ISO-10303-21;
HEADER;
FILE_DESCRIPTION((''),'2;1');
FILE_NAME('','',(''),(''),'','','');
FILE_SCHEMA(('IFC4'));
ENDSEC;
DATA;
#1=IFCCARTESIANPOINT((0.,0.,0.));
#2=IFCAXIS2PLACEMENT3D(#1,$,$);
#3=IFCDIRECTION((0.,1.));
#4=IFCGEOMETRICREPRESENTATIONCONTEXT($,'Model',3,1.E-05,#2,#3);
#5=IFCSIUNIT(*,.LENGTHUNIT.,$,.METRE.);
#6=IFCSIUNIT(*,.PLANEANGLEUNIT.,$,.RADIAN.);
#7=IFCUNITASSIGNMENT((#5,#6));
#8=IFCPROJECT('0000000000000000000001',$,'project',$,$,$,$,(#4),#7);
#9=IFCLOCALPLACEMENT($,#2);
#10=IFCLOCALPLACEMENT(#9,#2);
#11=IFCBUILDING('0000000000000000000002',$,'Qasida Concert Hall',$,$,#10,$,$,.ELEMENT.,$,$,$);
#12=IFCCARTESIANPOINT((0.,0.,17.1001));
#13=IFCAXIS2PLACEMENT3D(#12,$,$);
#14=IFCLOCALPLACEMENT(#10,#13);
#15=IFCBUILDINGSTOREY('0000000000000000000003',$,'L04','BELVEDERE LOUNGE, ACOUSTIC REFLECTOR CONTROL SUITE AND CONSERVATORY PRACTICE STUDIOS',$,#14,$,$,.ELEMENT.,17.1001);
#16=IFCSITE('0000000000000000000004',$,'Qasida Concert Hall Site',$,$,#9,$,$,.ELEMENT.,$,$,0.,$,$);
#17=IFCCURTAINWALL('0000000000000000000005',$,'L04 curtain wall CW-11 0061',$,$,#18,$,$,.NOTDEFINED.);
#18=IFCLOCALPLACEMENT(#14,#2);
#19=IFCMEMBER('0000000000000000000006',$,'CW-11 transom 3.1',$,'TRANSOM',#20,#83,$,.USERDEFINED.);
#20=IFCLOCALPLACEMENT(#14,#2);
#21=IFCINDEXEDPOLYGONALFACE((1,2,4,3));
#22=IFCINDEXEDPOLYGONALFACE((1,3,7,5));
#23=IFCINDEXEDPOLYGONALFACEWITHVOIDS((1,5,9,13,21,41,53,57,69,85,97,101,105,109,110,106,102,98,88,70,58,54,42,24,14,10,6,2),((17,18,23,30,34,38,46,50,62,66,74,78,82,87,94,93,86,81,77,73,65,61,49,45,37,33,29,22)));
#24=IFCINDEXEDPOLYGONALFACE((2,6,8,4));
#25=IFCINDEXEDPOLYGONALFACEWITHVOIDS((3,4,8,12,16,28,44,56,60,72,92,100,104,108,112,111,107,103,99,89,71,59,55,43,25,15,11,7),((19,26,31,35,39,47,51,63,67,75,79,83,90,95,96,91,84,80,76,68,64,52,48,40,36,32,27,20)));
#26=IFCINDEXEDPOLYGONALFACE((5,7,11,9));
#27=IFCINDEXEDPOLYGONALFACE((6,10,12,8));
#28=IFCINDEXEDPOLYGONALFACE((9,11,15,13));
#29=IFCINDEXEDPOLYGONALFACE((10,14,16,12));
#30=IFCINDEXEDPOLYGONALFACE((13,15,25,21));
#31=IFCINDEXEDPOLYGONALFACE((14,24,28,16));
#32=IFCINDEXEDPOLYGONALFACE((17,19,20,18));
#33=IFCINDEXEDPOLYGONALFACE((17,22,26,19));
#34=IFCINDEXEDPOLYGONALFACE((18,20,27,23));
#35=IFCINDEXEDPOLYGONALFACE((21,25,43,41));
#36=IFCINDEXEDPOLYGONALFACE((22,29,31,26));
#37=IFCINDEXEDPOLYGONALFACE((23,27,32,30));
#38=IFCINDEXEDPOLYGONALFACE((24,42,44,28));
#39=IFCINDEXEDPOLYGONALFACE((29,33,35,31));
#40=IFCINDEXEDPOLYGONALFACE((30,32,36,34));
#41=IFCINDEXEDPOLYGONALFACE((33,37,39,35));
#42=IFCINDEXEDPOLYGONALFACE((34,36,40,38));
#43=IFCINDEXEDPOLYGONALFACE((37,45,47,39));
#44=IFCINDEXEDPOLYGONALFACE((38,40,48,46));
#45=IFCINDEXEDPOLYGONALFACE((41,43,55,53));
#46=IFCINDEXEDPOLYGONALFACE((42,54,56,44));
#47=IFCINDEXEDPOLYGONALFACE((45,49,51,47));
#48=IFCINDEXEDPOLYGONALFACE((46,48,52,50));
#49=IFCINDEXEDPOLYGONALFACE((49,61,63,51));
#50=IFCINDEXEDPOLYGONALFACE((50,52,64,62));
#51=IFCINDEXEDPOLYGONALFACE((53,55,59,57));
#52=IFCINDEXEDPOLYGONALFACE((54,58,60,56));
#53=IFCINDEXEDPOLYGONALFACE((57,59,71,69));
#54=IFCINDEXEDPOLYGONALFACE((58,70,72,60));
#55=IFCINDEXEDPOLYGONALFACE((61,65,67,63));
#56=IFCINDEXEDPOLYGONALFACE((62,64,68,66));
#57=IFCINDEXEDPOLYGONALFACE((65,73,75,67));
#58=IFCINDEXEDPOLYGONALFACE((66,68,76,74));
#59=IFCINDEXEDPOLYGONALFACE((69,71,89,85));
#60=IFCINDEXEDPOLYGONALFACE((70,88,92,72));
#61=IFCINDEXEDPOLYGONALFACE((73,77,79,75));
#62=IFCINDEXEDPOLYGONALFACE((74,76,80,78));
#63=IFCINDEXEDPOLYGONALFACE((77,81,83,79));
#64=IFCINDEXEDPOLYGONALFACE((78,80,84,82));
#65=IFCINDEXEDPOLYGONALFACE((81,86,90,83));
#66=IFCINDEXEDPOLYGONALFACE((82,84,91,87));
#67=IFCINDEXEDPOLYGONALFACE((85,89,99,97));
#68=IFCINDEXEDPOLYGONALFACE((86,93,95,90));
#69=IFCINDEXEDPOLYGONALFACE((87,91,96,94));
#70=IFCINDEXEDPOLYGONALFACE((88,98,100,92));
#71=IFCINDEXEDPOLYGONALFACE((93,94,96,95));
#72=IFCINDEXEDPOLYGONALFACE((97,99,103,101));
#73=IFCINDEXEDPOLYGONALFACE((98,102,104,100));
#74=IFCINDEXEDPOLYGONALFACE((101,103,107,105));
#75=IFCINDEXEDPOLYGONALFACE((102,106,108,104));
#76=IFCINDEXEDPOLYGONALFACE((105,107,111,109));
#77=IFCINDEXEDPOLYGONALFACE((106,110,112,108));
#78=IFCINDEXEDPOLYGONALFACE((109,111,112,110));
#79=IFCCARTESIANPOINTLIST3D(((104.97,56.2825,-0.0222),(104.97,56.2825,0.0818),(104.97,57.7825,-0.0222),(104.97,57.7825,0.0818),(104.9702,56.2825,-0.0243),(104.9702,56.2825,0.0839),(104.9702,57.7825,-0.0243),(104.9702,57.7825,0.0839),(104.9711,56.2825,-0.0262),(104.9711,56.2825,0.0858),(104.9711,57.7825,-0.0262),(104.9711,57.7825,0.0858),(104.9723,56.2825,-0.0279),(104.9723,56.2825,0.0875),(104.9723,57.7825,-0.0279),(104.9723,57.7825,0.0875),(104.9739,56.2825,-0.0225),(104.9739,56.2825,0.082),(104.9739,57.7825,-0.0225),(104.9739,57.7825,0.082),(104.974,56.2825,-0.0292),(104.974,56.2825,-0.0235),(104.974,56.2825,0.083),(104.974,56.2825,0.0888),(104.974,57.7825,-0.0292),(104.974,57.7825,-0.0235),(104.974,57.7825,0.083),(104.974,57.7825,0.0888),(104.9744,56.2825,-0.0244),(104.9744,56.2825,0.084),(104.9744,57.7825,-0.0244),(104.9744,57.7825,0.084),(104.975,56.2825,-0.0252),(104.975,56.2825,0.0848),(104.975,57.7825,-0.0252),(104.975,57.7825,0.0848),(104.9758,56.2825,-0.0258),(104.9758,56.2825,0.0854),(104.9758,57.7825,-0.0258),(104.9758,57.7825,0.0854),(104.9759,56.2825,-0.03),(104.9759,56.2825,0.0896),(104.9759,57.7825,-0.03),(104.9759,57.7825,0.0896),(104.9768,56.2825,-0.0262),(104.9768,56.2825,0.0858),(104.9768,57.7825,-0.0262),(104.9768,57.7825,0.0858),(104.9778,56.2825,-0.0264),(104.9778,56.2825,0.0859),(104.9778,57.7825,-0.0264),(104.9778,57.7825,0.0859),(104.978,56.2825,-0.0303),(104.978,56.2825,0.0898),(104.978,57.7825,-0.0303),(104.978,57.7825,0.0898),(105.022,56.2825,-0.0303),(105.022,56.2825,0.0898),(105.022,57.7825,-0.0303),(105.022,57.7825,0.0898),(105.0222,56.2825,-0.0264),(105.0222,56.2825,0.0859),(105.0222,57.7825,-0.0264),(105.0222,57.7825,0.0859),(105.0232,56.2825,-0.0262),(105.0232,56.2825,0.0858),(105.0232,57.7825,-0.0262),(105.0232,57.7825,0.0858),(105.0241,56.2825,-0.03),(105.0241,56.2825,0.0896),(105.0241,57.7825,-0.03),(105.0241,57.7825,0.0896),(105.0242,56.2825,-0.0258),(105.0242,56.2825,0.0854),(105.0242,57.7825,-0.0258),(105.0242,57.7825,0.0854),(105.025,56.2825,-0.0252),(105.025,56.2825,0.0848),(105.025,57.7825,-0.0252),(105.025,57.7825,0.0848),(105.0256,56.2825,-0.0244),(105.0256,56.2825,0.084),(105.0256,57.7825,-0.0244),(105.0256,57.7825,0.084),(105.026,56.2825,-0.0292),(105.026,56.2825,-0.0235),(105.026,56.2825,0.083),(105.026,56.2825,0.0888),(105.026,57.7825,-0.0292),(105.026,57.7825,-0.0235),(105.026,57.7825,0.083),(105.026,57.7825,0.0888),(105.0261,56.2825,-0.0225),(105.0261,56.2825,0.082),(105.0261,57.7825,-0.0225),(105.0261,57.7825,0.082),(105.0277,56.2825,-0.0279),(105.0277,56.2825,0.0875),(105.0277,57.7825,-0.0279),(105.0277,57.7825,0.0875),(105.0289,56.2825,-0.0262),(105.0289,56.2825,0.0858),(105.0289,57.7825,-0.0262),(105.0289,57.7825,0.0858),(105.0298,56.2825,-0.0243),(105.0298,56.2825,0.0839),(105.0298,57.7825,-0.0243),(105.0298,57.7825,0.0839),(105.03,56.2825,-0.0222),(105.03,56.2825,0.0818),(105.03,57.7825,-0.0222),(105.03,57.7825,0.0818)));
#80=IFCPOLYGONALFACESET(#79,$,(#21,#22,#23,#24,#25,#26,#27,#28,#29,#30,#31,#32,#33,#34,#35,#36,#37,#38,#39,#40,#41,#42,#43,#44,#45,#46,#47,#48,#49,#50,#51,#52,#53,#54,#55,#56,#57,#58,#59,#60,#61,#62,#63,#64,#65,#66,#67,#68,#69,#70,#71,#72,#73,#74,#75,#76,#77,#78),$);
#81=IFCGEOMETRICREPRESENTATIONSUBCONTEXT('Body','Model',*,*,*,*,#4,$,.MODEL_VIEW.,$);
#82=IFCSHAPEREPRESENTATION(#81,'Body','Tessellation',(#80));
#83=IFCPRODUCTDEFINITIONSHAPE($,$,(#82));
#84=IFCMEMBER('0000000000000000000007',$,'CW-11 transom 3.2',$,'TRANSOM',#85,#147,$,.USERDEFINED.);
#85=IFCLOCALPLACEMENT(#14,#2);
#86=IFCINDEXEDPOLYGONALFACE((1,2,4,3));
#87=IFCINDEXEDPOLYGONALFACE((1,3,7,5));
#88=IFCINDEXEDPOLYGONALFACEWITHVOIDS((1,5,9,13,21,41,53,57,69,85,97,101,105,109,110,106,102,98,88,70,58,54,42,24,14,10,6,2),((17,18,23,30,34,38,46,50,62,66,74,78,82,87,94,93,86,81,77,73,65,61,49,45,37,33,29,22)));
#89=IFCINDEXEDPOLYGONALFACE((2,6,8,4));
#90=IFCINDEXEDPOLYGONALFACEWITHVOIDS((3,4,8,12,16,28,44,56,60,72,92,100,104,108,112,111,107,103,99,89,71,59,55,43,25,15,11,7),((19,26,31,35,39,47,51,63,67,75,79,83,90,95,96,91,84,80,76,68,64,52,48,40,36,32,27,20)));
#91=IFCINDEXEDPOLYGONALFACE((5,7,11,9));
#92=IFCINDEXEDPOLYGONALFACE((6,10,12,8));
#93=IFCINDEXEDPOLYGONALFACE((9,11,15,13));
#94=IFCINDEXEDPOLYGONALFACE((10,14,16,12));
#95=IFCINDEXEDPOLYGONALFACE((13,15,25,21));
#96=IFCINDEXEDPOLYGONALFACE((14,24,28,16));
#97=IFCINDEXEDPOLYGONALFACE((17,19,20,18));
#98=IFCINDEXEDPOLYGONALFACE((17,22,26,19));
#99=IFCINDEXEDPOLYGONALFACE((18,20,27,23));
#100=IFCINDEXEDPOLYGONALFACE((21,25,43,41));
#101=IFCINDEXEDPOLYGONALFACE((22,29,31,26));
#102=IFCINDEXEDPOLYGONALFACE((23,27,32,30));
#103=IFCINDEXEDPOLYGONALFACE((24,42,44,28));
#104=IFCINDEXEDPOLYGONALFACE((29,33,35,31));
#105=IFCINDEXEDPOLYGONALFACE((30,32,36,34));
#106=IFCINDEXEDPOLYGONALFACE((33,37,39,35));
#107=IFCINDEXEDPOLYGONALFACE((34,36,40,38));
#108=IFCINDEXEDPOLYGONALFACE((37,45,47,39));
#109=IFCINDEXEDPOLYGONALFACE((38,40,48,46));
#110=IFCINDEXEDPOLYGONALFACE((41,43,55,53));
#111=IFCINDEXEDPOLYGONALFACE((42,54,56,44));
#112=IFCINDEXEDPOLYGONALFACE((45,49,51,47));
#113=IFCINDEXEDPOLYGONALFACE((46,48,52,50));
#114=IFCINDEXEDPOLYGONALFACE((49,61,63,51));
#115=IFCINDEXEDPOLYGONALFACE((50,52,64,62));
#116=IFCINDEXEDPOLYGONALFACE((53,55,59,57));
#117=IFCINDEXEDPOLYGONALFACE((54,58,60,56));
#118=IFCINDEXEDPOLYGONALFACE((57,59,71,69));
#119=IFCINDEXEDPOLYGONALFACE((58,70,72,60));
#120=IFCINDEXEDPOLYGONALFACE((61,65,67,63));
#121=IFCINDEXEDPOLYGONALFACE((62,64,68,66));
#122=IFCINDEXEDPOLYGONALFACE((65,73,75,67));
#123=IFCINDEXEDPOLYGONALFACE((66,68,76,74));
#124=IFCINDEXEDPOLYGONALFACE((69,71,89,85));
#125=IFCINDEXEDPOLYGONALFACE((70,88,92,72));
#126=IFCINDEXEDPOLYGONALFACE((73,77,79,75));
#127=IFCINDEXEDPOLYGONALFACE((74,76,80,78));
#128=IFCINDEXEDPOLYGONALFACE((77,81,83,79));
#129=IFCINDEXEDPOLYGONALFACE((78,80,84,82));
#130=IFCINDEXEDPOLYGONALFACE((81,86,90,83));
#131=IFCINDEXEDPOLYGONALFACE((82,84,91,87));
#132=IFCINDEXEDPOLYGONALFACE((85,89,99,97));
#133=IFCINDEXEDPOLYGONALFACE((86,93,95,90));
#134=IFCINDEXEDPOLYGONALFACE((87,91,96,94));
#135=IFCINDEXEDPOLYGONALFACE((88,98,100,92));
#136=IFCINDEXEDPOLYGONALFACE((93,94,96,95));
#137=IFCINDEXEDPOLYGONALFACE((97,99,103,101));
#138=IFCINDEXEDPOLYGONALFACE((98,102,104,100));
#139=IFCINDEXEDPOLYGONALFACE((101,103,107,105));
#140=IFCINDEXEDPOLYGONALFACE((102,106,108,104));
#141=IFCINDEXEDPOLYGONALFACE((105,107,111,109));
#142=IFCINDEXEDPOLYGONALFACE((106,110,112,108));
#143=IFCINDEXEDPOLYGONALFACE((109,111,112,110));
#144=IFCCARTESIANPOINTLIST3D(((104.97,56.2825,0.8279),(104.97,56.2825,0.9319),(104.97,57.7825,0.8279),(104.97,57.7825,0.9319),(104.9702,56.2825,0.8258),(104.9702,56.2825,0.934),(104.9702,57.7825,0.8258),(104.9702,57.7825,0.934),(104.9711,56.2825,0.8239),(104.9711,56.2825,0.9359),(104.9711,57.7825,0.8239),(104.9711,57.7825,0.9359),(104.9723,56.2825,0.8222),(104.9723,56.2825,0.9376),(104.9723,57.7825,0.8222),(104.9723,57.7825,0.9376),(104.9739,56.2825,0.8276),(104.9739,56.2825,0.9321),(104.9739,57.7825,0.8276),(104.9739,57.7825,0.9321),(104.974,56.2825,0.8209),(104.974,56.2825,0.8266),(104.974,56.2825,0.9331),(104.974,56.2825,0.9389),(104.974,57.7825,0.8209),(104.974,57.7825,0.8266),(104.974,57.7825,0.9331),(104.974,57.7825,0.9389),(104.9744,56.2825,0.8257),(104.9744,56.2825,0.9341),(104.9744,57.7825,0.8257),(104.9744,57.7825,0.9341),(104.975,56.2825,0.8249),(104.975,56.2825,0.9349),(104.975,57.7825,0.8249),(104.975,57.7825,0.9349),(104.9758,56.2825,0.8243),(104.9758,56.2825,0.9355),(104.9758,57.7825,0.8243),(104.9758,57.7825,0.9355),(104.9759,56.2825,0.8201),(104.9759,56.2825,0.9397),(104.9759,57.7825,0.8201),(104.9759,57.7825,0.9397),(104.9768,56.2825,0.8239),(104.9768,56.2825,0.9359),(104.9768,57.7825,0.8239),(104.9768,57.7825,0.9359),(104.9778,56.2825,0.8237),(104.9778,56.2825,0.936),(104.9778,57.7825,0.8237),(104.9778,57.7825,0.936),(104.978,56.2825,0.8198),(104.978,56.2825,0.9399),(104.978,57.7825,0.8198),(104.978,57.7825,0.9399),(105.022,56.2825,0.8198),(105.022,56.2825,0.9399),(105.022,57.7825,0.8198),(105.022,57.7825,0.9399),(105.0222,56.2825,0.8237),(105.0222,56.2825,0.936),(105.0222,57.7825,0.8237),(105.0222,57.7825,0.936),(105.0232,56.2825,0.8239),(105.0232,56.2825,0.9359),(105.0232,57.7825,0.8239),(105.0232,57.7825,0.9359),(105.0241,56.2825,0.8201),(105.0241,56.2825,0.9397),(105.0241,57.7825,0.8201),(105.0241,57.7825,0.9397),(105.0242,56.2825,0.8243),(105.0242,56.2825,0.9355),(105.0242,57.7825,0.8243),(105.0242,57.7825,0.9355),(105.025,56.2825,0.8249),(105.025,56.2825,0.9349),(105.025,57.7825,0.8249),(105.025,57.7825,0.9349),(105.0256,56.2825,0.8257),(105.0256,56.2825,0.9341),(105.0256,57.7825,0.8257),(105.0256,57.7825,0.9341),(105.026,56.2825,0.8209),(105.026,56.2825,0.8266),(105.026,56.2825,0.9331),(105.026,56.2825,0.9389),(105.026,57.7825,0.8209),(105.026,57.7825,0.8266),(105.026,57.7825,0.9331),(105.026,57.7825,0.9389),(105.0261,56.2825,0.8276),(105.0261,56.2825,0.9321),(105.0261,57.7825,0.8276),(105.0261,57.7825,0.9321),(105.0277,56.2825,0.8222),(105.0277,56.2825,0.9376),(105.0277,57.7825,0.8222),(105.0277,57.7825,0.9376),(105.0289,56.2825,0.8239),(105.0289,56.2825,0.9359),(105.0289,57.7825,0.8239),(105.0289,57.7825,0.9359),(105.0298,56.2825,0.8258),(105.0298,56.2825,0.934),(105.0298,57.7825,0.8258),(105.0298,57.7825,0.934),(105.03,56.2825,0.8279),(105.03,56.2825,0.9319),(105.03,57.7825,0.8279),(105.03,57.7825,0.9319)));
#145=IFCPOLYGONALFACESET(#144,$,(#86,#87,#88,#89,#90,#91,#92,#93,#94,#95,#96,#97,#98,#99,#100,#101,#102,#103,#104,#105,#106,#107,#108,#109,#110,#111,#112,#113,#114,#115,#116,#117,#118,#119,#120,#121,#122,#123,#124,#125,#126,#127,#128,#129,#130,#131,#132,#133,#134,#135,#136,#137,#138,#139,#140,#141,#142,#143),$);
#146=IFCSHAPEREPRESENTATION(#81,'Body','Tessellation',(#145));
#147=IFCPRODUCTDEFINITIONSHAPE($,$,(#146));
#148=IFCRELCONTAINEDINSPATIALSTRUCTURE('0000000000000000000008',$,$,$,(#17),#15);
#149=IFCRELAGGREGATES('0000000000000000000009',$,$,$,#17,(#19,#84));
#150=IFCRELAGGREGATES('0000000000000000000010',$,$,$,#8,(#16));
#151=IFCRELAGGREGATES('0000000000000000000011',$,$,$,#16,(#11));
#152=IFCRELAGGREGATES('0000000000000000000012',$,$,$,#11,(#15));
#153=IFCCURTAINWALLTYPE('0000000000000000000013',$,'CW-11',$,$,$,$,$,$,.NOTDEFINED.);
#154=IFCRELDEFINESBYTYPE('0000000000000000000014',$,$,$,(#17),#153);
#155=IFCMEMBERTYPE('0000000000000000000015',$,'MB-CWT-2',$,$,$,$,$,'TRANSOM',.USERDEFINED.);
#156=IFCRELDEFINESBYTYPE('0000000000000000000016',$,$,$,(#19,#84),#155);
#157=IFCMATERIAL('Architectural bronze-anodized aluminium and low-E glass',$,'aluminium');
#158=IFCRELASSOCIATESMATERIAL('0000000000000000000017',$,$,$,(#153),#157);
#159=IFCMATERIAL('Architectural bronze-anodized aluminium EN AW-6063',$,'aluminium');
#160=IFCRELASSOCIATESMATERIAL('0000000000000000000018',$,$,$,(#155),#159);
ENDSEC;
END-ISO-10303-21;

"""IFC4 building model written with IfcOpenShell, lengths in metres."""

from ifc_helpers import new_model, si_unit, direction, frame, origin, origin_2d, place, context, subcontext, project, spatial, hollow_rectangle, extrude, material, material_profile, profile_set, type_object, element, aggregate, save


model = new_model("IFC4")

# Units and contexts
model_context = context("Model", 3, precision=1e-05, world=origin(), true_north=direction((0.0, 1.0)))
body_context = subcontext(model_context, "Body", "Model", "MODEL_VIEW")
ifc_project = project(units=[si_unit("LENGTHUNIT", "METRE"), si_unit("PLANEANGLEUNIT", "RADIAN")], contexts=[model_context])

# Site, building, storey
site_placement = place(None, origin())
site = spatial("IfcSite", under=ifc_project, at=site_placement, Name="Qasida Concert Hall Site", CompositionType="ELEMENT", RefElevation=0.0)
building_placement = place(site_placement, origin())
building = spatial("IfcBuilding", under=site, at=building_placement, Name="Qasida Concert Hall", CompositionType="ELEMENT")
storey_placement = place(building_placement, frame((0.0, 0.0, 17.1001)))
storey = spatial("IfcBuildingStorey", under=building, at=storey_placement, Name="L04", Description="BELVEDERE LOUNGE, ACOUSTIC REFLECTOR CONTROL SUITE AND CONSERVATORY PRACTICE STUDIOS", CompositionType="ELEMENT", Elevation=17.1001)

# Curtain wall, members
ifc_material_1 = material(Name="Architectural bronze-anodized aluminium and low-E glass", Category="aluminium")
curtain_wall_type = type_object("IfcCurtainWallType", Name="CW-11", PredefinedType="NOTDEFINED", material=ifc_material_1)
curtain_wall_placement = place(storey_placement, origin())
curtain_wall = element("IfcCurtainWall", 1, at=curtain_wall_placement, inside=storey, type_object=curtain_wall_type, Name="L04 curtain wall CW-11 0061", PredefinedType="NOTDEFINED")
ifc_material_2 = material(Name="Architectural bronze-anodized aluminium EN AW-6063", Category="aluminium")
ifc_material_profile_1 = material_profile(ifc_material_2, hollow_rectangle(XDim=0.0601, YDim=0.1201, WallThickness=0.0039, InnerFilletRadius=0.0039, OuterFilletRadius=0.0081, at=origin_2d()), Name="CWT 120x60x4")
ifc_profile_set_1 = profile_set([ifc_material_profile_1], Name="Architectural bronze-anodized aluminium EN AW-6063")
member_type_1 = type_object("IfcMemberType", Name="MB-CWT-2", ElementType="TRANSOM", PredefinedType="USERDEFINED", material=ifc_profile_set_1)
member_1_placement = place(storey_placement, frame((105.0, 56.2825, 0.0298), z_axis=(0.0, 1.0, 0.0), x_axis=(-1.0, 0.0, 0.0)))
member_1 = element("IfcMember", 2, at=member_1_placement, type_object=member_type_1, Name="CW-11 transom 3.1", ObjectType="TRANSOM", PredefinedType="USERDEFINED", context=body_context, shape_type="SweptSolid", body=[
    extrude(hollow_rectangle(XDim=0.0601, YDim=0.1201, WallThickness=0.0039, InnerFilletRadius=0.0039, OuterFilletRadius=0.0081, at=origin_2d()), origin(), (0.0, 0.0, 1.0), 1.5),
])
member_2_placement = place(storey_placement, frame((105.0, 56.2825, 0.8799), z_axis=(0.0, 1.0, 0.0), x_axis=(-1.0, 0.0, 0.0)))
member_2 = element("IfcMember", 3, at=member_2_placement, type_object=member_type_1, Name="CW-11 transom 3.2", ObjectType="TRANSOM", PredefinedType="USERDEFINED", context=body_context, shape_type="SweptSolid", body=[
    extrude(hollow_rectangle(XDim=0.0601, YDim=0.1201, WallThickness=0.0039, InnerFilletRadius=0.0039, OuterFilletRadius=0.0081, at=origin_2d()), origin(), (0.0, 0.0, 1.0), 1.5),
])
aggregate(curtain_wall, [member_1, member_2])

save(model, "model.ifc")
